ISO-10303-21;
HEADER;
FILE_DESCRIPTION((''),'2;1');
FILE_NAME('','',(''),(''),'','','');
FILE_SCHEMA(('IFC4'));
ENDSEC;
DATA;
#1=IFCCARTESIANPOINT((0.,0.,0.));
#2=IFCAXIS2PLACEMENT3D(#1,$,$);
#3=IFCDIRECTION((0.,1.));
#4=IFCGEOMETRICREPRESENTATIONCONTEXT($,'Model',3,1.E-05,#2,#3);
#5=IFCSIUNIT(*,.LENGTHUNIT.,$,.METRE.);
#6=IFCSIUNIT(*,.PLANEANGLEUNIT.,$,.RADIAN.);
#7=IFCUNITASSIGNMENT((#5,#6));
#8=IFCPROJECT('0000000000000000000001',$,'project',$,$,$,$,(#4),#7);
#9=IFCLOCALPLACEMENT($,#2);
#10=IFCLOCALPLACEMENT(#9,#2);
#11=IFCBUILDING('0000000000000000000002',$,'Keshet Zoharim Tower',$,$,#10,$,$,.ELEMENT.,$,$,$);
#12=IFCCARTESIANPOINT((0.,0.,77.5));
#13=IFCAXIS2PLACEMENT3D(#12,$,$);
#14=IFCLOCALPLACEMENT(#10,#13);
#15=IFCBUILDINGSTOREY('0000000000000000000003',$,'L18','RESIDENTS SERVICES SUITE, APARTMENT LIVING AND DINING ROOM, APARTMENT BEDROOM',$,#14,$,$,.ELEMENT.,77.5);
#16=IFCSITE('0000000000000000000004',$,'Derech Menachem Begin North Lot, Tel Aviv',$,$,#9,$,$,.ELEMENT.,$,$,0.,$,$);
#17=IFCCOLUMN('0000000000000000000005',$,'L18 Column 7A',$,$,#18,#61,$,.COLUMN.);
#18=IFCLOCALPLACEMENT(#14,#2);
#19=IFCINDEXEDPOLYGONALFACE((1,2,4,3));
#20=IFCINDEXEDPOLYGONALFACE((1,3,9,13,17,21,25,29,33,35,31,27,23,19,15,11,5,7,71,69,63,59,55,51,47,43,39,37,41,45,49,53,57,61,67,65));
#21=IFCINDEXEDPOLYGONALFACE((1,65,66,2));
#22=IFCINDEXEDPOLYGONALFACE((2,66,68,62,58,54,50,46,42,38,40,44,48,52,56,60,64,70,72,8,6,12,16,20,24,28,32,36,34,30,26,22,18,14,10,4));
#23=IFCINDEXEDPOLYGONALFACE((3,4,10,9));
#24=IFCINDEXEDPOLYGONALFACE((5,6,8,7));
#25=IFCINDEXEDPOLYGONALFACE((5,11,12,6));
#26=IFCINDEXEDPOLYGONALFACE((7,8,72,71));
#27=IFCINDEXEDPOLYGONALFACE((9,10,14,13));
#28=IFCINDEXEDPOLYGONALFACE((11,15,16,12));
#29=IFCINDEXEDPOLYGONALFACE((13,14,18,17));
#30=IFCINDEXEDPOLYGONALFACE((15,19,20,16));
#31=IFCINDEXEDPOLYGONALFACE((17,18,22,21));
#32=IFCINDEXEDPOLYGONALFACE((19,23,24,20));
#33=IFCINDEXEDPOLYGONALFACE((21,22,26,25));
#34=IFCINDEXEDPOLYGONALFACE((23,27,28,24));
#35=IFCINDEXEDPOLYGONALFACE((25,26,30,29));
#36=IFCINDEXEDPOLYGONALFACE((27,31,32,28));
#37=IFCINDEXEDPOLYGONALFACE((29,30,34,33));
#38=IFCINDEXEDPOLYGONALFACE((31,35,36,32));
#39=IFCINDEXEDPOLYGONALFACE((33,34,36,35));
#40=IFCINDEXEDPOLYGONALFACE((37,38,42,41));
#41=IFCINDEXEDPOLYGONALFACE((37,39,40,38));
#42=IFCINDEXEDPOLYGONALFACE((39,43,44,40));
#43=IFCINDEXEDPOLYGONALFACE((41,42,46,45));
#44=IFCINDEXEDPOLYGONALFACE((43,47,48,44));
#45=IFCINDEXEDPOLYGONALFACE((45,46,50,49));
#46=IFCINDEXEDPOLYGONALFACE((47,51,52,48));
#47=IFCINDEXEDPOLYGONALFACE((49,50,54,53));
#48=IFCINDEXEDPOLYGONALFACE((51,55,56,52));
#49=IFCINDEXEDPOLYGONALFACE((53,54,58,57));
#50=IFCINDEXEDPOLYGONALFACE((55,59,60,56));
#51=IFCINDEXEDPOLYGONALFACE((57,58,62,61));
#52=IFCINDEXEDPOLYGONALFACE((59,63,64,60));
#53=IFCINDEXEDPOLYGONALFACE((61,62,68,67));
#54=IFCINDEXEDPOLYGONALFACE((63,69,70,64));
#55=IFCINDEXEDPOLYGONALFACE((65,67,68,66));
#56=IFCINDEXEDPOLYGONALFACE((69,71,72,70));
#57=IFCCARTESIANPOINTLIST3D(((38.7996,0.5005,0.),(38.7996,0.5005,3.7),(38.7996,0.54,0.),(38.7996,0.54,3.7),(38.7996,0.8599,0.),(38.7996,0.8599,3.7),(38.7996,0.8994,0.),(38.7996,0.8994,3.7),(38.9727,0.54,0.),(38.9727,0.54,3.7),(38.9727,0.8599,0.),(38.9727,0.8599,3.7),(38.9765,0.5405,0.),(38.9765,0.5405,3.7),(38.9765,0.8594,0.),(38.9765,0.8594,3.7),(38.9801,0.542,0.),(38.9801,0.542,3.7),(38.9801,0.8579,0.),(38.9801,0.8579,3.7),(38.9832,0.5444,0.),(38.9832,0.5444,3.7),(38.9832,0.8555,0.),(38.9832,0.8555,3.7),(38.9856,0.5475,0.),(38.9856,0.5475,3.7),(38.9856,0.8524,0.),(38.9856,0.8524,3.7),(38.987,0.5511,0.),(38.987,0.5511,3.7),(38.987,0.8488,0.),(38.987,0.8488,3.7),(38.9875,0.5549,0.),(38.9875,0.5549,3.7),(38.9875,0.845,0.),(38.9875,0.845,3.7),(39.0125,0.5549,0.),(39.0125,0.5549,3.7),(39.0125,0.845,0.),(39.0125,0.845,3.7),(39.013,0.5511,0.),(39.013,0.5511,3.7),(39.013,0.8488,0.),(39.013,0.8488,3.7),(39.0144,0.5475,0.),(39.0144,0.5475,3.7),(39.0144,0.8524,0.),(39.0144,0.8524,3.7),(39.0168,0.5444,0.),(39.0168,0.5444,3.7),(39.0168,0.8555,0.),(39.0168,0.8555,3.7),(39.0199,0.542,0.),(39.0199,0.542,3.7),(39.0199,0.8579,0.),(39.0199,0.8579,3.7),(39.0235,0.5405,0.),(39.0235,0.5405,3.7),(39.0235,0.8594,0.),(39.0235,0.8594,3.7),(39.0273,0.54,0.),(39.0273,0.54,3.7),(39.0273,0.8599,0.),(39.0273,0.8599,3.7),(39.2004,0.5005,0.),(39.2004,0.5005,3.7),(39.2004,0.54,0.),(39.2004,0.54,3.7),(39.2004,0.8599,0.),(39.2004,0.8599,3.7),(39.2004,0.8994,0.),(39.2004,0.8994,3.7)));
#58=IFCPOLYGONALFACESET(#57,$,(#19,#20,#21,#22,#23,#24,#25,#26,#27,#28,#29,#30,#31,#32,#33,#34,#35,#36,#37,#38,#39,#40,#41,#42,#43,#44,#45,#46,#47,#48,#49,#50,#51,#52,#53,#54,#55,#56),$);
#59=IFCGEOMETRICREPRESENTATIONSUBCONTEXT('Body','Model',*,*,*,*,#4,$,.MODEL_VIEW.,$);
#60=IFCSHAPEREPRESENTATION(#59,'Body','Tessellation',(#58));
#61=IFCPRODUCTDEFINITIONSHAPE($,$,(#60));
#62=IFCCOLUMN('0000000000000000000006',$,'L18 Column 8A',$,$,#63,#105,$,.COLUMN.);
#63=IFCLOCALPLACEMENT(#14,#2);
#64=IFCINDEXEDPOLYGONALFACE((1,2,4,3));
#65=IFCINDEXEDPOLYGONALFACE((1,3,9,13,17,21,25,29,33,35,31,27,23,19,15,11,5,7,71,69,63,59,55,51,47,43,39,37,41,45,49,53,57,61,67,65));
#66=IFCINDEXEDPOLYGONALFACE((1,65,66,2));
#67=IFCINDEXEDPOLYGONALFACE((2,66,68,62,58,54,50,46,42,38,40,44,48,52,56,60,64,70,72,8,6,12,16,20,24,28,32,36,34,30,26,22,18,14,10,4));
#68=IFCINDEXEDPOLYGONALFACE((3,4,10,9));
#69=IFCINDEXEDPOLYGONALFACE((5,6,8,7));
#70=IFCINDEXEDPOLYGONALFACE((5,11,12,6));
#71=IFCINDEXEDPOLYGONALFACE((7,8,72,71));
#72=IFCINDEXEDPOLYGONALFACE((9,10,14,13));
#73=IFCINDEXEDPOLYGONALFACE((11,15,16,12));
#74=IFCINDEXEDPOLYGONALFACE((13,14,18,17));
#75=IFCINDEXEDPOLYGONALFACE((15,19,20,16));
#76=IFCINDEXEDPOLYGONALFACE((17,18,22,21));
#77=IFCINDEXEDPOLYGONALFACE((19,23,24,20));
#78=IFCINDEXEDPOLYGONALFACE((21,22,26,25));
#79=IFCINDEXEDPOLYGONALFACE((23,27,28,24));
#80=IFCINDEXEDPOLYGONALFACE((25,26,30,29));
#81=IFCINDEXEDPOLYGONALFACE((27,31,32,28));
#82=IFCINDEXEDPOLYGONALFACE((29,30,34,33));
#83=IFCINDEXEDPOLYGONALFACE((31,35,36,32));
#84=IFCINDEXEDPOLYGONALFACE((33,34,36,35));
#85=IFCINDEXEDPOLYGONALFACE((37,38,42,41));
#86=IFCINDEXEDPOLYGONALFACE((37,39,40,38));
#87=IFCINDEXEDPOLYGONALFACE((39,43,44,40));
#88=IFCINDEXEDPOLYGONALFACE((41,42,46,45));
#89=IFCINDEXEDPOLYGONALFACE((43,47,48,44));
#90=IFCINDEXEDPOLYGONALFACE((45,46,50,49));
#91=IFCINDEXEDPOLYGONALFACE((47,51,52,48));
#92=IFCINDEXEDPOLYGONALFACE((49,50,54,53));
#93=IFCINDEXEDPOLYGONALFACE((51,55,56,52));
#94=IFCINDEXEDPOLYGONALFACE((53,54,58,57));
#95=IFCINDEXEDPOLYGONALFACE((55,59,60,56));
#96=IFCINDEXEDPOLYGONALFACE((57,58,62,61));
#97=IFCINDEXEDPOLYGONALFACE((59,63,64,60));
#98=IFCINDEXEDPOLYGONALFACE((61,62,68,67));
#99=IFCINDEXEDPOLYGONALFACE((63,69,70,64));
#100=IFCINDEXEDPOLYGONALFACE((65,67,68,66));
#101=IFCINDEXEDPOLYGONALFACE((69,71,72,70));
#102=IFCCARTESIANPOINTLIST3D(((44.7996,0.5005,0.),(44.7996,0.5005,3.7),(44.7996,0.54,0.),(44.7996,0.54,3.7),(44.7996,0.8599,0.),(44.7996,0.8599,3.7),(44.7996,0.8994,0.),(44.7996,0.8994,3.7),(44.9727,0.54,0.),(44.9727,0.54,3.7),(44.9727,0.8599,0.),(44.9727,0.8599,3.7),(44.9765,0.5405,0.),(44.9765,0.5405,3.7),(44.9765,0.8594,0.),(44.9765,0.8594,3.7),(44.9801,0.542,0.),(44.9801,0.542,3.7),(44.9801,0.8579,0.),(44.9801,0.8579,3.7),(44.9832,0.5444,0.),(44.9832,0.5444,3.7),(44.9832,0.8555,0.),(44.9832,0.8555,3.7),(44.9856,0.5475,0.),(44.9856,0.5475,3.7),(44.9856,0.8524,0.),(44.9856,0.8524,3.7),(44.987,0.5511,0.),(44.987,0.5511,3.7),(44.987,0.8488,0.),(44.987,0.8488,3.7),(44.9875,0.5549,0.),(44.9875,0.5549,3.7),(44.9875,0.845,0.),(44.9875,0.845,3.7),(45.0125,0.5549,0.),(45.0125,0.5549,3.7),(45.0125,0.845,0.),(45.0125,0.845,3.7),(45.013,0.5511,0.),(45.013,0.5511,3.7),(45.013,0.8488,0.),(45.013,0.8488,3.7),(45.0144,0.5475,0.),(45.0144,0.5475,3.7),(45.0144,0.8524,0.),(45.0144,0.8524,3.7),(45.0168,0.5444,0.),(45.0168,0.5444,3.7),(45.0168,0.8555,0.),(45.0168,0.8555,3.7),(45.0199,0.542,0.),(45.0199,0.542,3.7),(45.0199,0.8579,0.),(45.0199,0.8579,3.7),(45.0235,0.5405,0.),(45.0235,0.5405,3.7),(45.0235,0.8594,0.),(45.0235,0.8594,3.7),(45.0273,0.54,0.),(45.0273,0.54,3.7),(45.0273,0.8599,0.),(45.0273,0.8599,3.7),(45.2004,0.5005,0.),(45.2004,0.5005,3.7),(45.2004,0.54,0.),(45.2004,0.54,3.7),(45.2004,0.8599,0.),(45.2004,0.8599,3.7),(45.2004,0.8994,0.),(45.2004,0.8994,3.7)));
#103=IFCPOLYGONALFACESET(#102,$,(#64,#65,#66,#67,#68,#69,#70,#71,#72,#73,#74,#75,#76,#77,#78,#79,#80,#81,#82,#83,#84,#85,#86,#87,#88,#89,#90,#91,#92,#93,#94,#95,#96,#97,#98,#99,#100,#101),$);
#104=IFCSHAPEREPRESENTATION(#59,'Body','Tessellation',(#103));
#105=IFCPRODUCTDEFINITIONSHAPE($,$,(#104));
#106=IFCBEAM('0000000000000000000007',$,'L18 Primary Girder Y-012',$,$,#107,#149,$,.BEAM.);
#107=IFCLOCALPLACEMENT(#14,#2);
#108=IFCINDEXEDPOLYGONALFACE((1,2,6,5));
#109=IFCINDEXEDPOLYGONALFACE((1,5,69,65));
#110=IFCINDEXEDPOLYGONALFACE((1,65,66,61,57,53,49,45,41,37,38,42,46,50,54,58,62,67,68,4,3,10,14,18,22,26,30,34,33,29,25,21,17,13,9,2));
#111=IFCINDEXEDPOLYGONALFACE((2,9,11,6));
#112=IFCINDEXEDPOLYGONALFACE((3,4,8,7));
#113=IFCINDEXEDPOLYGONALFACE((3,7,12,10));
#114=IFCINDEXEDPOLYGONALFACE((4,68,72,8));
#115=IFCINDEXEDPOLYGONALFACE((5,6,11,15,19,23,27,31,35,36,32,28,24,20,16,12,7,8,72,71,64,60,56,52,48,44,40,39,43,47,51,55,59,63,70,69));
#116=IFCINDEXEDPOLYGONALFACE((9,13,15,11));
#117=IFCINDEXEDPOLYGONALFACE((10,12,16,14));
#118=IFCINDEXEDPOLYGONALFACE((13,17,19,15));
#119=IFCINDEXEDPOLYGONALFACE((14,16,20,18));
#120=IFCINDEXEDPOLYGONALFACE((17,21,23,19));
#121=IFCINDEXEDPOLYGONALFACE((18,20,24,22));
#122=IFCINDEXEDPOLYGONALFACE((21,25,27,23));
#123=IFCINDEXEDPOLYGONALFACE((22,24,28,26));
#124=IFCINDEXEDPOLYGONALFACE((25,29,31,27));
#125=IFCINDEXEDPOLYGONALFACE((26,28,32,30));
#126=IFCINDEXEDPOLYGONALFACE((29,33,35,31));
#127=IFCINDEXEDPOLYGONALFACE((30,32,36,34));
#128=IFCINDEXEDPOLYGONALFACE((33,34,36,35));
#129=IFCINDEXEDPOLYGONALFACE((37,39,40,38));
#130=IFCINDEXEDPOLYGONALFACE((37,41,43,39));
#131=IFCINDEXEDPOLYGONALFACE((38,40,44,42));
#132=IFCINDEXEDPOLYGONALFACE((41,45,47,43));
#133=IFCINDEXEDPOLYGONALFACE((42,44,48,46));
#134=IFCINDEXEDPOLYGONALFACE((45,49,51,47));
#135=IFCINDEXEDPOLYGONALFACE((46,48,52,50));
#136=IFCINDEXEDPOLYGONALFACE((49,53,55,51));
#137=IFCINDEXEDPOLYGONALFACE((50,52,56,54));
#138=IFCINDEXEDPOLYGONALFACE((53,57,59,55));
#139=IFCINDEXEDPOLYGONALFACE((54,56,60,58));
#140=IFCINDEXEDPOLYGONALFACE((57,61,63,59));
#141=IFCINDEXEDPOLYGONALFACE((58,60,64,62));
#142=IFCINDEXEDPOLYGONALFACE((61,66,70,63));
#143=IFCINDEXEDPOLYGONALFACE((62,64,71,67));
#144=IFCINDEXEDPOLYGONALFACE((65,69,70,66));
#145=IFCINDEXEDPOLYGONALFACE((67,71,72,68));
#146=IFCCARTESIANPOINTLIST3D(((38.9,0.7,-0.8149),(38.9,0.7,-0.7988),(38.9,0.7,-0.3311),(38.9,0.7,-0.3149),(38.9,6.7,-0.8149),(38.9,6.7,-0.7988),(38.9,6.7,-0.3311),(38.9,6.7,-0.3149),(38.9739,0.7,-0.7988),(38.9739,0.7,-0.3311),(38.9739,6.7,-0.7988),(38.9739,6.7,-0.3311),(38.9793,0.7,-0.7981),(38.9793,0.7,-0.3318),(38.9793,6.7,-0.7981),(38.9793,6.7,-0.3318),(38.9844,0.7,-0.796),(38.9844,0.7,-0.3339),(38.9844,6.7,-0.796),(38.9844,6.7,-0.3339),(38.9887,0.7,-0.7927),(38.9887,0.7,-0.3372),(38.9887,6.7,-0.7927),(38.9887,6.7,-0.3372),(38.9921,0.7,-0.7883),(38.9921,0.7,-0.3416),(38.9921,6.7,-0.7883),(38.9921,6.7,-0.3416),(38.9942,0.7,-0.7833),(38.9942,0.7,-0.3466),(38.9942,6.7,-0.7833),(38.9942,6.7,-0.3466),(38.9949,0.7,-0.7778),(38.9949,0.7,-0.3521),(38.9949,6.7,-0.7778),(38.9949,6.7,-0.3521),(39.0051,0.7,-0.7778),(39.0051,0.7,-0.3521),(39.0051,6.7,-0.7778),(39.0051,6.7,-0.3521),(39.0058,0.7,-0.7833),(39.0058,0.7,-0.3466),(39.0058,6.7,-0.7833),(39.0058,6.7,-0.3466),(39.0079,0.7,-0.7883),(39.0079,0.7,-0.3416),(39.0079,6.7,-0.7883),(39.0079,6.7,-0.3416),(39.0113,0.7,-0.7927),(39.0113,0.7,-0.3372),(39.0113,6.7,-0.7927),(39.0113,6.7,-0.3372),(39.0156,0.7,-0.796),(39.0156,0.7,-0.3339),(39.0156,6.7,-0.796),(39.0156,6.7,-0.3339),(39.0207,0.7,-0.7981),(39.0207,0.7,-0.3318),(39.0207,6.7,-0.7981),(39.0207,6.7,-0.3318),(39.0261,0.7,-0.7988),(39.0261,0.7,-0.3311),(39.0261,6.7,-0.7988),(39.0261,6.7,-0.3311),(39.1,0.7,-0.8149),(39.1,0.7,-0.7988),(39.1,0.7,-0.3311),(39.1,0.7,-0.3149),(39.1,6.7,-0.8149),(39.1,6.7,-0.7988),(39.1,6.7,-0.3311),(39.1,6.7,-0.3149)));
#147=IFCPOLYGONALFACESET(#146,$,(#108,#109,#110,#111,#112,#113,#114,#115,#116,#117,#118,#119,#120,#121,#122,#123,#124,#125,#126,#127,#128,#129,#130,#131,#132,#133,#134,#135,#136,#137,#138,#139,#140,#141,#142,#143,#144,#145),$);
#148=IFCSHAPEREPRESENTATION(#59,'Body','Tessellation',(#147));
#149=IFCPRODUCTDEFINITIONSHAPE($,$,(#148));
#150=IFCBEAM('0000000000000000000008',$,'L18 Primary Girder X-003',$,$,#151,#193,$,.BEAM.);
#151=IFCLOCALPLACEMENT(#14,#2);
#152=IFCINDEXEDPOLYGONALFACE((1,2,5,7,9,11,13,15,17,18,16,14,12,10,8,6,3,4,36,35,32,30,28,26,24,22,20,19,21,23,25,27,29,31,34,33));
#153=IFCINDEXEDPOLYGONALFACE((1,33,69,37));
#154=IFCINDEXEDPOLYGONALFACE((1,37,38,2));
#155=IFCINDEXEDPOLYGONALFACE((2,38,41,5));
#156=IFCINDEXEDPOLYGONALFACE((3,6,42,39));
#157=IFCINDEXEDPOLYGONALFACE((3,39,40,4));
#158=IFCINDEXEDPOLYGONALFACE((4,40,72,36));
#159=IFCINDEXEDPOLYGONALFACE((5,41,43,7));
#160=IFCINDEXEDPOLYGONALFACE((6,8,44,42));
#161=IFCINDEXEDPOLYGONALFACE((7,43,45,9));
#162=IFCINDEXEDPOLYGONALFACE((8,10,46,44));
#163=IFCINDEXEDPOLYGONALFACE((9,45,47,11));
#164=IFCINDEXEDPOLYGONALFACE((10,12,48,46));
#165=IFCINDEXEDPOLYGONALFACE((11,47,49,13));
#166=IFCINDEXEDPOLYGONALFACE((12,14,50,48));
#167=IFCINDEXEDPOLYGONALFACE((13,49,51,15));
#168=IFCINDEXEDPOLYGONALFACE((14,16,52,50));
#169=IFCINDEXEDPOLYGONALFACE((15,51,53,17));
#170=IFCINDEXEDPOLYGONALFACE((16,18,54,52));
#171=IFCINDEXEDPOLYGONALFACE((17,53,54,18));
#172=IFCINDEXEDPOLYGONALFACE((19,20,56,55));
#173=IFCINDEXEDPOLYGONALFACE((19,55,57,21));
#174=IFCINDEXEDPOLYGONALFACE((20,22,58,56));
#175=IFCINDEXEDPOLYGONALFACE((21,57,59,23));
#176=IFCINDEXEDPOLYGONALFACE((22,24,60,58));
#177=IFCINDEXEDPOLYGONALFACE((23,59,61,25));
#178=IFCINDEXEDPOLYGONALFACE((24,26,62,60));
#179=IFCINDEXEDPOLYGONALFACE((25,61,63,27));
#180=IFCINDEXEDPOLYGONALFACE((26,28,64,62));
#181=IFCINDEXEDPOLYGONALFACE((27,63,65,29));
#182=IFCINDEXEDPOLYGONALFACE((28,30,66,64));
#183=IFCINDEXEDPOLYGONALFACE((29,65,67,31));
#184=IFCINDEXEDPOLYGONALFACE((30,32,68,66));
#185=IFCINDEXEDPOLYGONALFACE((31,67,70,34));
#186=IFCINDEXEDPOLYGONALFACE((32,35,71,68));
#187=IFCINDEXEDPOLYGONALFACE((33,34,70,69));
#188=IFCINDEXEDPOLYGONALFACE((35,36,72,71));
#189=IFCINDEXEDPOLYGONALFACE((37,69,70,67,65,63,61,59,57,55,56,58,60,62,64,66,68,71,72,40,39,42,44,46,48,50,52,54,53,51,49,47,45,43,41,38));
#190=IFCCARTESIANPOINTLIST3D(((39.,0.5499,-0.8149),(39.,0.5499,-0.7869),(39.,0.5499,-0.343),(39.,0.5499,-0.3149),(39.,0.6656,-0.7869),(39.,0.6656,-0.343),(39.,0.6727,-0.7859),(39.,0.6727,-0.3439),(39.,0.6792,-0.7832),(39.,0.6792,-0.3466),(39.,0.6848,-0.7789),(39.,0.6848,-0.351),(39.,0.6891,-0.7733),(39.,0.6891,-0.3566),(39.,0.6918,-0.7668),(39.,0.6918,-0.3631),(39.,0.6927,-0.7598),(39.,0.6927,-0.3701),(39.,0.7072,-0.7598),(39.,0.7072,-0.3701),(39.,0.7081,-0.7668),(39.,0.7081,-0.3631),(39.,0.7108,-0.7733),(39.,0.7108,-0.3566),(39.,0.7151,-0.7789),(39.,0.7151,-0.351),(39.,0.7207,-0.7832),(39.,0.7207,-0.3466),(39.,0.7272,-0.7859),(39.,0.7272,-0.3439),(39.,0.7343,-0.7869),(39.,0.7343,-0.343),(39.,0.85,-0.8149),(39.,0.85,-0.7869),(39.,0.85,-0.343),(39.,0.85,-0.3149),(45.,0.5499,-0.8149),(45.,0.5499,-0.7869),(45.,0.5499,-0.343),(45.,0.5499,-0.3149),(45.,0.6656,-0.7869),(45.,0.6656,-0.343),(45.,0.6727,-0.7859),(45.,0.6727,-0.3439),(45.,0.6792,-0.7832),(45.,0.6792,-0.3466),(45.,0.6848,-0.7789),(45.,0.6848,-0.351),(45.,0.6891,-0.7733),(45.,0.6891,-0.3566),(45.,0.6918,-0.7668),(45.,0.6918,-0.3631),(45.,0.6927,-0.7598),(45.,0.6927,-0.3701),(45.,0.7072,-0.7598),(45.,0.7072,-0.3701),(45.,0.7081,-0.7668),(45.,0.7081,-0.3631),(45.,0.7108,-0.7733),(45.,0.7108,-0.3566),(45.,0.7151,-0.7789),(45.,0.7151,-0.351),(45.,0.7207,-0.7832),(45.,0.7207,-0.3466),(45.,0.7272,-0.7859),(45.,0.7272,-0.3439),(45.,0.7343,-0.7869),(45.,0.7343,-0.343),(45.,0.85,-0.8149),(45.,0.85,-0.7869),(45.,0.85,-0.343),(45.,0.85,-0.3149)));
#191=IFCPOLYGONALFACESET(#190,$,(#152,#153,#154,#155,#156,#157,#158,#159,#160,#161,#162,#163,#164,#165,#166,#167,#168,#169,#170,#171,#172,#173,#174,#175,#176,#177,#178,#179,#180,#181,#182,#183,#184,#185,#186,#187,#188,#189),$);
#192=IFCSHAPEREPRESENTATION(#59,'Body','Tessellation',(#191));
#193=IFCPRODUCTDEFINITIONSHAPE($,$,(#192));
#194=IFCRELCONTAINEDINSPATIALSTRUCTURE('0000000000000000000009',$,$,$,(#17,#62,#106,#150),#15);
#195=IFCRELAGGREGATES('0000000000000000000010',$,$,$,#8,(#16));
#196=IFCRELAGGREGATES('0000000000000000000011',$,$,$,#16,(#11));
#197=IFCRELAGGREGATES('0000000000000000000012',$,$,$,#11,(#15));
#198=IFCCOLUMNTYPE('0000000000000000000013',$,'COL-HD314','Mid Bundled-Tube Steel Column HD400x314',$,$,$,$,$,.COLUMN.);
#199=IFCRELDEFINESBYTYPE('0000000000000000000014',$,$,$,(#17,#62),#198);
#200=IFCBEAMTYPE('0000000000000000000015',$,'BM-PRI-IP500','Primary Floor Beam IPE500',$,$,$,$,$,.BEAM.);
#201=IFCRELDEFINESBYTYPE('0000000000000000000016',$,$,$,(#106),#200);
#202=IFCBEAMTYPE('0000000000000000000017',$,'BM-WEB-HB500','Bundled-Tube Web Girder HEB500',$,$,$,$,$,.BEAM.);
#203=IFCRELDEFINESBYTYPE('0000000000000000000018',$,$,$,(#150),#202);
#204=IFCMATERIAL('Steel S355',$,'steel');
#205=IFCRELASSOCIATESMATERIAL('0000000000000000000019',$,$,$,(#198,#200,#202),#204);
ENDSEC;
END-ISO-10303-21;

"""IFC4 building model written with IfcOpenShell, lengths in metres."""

from ifc_helpers import new_model, si_unit, direction, frame, origin, origin_2d, place, context, subcontext, project, spatial, i_section, extrude, material, material_profile, profile_set, type_object, element, save


model = new_model("IFC4")

# Units and contexts
model_context = context("Model", 3, precision=1e-05, world=origin(), true_north=direction((0.0, 1.0)))
body_context = subcontext(model_context, "Body", "Model", "MODEL_VIEW")
ifc_project = project(units=[si_unit("LENGTHUNIT", "METRE"), si_unit("PLANEANGLEUNIT", "RADIAN")], contexts=[model_context])

# Site, building, storey
site_placement = place(None, origin())
site = spatial("IfcSite", under=ifc_project, at=site_placement, Name="Derech Menachem Begin North Lot, Tel Aviv", CompositionType="ELEMENT", RefElevation=0.0)
building_placement = place(site_placement, origin())
building = spatial("IfcBuilding", under=site, at=building_placement, Name="Keshet Zoharim Tower", CompositionType="ELEMENT")
storey_placement = place(building_placement, frame((0.0, 0.0, 77.5)))
storey = spatial("IfcBuildingStorey", under=building, at=storey_placement, Name="L18", Description="RESIDENTS SERVICES SUITE, APARTMENT LIVING AND DINING ROOM, APARTMENT BEDROOM", CompositionType="ELEMENT", Elevation=77.5)

# Columns
ifc_material_1 = material(Name="Steel S355", Category="steel")
ifc_material_profile_1 = material_profile(ifc_material_1, i_section(OverallWidth=0.4009, OverallDepth=0.3989, WebThickness=0.0249, FlangeThickness=0.0396, FilletRadius=0.0149, at=origin_2d()), Name="HD400x314")
ifc_profile_set_1 = profile_set([ifc_material_profile_1], Name="Steel S355")
column_type = type_object("IfcColumnType", Name="COL-HD314", Description="Mid Bundled-Tube Steel Column HD400x314", PredefinedType="COLUMN", material=ifc_profile_set_1)
for number, where, z_axis, x_axis, name in (
    (1, (39.0, 0.7, 0.0), (0.0, 0.0, 1.0), (1.0, 0.0, 0.0), "L18 Column 7A"),
    (2, (45.0, 0.7, 0.0), (0.0, 0.0, 1.0), (1.0, 0.0, 0.0), "L18 Column 8A"),
):
    element("IfcColumn", number, at=place(storey_placement, frame(where, z_axis=z_axis, x_axis=x_axis)), inside=storey, type_object=column_type, Name=name, PredefinedType="COLUMN", context=body_context, shape_type="SweptSolid", body=[
        extrude(i_section(OverallWidth=0.4009, OverallDepth=0.3989, WebThickness=0.0249, FlangeThickness=0.0396, FilletRadius=0.0149, at=origin_2d()), origin(), (0.0, 0.0, 1.0), 3.7),
    ])

# Beams
ifc_material_profile_2 = material_profile(ifc_material_1, i_section(OverallWidth=0.2, OverallDepth=0.5, WebThickness=0.0103, FlangeThickness=0.0161, FilletRadius=0.021, at=origin_2d()), Name="IPE500")
ifc_profile_set_2 = profile_set([ifc_material_profile_2], Name="Steel S355")
beam_type_1 = type_object("IfcBeamType", Name="BM-PRI-IP500", Description="Primary Floor Beam IPE500", PredefinedType="BEAM", material=ifc_profile_set_2)
beam_placement = place(storey_placement, frame((39.0, 0.7, -0.5649), z_axis=(0.0, 1.0, 0.0), x_axis=(-1.0, 0.0, 0.0)))
element("IfcBeam", 3, at=beam_placement, inside=storey, type_object=beam_type_1, Name="L18 Primary Girder Y-012", PredefinedType="BEAM", context=body_context, shape_type="SweptSolid", body=[
    extrude(i_section(OverallWidth=0.2, OverallDepth=0.5, WebThickness=0.0103, FlangeThickness=0.0161, FilletRadius=0.021, at=origin_2d()), origin(), (0.0, 0.0, 1.0), 6.0),
])
ifc_material_profile_3 = material_profile(ifc_material_1, i_section(OverallWidth=0.3, OverallDepth=0.5, WebThickness=0.0144, FlangeThickness=0.0281, FilletRadius=0.0271, at=origin_2d()), Name="HEB500")
ifc_profile_set_3 = profile_set([ifc_material_profile_3], Name="Steel S355")
beam_type_2 = type_object("IfcBeamType", Name="BM-WEB-HB500", Description="Bundled-Tube Web Girder HEB500", PredefinedType="BEAM", material=ifc_profile_set_3)
for number, where, z_axis, x_axis, name in (
    (4, (39.0, 0.7, -0.5649), (1.0, 0.0, 0.0), (0.0, 1.0, 0.0), "L18 Primary Girder X-003"),
):
    element("IfcBeam", number, at=place(storey_placement, frame(where, z_axis=z_axis, x_axis=x_axis)), inside=storey, type_object=beam_type_2, Name=name, PredefinedType="BEAM", context=body_context, shape_type="SweptSolid", body=[
        extrude(i_section(OverallWidth=0.3, OverallDepth=0.5, WebThickness=0.0144, FlangeThickness=0.0281, FilletRadius=0.0271, at=origin_2d()), origin(), (0.0, 0.0, 1.0), 6.0),
    ])

save(model, "model.ifc")
